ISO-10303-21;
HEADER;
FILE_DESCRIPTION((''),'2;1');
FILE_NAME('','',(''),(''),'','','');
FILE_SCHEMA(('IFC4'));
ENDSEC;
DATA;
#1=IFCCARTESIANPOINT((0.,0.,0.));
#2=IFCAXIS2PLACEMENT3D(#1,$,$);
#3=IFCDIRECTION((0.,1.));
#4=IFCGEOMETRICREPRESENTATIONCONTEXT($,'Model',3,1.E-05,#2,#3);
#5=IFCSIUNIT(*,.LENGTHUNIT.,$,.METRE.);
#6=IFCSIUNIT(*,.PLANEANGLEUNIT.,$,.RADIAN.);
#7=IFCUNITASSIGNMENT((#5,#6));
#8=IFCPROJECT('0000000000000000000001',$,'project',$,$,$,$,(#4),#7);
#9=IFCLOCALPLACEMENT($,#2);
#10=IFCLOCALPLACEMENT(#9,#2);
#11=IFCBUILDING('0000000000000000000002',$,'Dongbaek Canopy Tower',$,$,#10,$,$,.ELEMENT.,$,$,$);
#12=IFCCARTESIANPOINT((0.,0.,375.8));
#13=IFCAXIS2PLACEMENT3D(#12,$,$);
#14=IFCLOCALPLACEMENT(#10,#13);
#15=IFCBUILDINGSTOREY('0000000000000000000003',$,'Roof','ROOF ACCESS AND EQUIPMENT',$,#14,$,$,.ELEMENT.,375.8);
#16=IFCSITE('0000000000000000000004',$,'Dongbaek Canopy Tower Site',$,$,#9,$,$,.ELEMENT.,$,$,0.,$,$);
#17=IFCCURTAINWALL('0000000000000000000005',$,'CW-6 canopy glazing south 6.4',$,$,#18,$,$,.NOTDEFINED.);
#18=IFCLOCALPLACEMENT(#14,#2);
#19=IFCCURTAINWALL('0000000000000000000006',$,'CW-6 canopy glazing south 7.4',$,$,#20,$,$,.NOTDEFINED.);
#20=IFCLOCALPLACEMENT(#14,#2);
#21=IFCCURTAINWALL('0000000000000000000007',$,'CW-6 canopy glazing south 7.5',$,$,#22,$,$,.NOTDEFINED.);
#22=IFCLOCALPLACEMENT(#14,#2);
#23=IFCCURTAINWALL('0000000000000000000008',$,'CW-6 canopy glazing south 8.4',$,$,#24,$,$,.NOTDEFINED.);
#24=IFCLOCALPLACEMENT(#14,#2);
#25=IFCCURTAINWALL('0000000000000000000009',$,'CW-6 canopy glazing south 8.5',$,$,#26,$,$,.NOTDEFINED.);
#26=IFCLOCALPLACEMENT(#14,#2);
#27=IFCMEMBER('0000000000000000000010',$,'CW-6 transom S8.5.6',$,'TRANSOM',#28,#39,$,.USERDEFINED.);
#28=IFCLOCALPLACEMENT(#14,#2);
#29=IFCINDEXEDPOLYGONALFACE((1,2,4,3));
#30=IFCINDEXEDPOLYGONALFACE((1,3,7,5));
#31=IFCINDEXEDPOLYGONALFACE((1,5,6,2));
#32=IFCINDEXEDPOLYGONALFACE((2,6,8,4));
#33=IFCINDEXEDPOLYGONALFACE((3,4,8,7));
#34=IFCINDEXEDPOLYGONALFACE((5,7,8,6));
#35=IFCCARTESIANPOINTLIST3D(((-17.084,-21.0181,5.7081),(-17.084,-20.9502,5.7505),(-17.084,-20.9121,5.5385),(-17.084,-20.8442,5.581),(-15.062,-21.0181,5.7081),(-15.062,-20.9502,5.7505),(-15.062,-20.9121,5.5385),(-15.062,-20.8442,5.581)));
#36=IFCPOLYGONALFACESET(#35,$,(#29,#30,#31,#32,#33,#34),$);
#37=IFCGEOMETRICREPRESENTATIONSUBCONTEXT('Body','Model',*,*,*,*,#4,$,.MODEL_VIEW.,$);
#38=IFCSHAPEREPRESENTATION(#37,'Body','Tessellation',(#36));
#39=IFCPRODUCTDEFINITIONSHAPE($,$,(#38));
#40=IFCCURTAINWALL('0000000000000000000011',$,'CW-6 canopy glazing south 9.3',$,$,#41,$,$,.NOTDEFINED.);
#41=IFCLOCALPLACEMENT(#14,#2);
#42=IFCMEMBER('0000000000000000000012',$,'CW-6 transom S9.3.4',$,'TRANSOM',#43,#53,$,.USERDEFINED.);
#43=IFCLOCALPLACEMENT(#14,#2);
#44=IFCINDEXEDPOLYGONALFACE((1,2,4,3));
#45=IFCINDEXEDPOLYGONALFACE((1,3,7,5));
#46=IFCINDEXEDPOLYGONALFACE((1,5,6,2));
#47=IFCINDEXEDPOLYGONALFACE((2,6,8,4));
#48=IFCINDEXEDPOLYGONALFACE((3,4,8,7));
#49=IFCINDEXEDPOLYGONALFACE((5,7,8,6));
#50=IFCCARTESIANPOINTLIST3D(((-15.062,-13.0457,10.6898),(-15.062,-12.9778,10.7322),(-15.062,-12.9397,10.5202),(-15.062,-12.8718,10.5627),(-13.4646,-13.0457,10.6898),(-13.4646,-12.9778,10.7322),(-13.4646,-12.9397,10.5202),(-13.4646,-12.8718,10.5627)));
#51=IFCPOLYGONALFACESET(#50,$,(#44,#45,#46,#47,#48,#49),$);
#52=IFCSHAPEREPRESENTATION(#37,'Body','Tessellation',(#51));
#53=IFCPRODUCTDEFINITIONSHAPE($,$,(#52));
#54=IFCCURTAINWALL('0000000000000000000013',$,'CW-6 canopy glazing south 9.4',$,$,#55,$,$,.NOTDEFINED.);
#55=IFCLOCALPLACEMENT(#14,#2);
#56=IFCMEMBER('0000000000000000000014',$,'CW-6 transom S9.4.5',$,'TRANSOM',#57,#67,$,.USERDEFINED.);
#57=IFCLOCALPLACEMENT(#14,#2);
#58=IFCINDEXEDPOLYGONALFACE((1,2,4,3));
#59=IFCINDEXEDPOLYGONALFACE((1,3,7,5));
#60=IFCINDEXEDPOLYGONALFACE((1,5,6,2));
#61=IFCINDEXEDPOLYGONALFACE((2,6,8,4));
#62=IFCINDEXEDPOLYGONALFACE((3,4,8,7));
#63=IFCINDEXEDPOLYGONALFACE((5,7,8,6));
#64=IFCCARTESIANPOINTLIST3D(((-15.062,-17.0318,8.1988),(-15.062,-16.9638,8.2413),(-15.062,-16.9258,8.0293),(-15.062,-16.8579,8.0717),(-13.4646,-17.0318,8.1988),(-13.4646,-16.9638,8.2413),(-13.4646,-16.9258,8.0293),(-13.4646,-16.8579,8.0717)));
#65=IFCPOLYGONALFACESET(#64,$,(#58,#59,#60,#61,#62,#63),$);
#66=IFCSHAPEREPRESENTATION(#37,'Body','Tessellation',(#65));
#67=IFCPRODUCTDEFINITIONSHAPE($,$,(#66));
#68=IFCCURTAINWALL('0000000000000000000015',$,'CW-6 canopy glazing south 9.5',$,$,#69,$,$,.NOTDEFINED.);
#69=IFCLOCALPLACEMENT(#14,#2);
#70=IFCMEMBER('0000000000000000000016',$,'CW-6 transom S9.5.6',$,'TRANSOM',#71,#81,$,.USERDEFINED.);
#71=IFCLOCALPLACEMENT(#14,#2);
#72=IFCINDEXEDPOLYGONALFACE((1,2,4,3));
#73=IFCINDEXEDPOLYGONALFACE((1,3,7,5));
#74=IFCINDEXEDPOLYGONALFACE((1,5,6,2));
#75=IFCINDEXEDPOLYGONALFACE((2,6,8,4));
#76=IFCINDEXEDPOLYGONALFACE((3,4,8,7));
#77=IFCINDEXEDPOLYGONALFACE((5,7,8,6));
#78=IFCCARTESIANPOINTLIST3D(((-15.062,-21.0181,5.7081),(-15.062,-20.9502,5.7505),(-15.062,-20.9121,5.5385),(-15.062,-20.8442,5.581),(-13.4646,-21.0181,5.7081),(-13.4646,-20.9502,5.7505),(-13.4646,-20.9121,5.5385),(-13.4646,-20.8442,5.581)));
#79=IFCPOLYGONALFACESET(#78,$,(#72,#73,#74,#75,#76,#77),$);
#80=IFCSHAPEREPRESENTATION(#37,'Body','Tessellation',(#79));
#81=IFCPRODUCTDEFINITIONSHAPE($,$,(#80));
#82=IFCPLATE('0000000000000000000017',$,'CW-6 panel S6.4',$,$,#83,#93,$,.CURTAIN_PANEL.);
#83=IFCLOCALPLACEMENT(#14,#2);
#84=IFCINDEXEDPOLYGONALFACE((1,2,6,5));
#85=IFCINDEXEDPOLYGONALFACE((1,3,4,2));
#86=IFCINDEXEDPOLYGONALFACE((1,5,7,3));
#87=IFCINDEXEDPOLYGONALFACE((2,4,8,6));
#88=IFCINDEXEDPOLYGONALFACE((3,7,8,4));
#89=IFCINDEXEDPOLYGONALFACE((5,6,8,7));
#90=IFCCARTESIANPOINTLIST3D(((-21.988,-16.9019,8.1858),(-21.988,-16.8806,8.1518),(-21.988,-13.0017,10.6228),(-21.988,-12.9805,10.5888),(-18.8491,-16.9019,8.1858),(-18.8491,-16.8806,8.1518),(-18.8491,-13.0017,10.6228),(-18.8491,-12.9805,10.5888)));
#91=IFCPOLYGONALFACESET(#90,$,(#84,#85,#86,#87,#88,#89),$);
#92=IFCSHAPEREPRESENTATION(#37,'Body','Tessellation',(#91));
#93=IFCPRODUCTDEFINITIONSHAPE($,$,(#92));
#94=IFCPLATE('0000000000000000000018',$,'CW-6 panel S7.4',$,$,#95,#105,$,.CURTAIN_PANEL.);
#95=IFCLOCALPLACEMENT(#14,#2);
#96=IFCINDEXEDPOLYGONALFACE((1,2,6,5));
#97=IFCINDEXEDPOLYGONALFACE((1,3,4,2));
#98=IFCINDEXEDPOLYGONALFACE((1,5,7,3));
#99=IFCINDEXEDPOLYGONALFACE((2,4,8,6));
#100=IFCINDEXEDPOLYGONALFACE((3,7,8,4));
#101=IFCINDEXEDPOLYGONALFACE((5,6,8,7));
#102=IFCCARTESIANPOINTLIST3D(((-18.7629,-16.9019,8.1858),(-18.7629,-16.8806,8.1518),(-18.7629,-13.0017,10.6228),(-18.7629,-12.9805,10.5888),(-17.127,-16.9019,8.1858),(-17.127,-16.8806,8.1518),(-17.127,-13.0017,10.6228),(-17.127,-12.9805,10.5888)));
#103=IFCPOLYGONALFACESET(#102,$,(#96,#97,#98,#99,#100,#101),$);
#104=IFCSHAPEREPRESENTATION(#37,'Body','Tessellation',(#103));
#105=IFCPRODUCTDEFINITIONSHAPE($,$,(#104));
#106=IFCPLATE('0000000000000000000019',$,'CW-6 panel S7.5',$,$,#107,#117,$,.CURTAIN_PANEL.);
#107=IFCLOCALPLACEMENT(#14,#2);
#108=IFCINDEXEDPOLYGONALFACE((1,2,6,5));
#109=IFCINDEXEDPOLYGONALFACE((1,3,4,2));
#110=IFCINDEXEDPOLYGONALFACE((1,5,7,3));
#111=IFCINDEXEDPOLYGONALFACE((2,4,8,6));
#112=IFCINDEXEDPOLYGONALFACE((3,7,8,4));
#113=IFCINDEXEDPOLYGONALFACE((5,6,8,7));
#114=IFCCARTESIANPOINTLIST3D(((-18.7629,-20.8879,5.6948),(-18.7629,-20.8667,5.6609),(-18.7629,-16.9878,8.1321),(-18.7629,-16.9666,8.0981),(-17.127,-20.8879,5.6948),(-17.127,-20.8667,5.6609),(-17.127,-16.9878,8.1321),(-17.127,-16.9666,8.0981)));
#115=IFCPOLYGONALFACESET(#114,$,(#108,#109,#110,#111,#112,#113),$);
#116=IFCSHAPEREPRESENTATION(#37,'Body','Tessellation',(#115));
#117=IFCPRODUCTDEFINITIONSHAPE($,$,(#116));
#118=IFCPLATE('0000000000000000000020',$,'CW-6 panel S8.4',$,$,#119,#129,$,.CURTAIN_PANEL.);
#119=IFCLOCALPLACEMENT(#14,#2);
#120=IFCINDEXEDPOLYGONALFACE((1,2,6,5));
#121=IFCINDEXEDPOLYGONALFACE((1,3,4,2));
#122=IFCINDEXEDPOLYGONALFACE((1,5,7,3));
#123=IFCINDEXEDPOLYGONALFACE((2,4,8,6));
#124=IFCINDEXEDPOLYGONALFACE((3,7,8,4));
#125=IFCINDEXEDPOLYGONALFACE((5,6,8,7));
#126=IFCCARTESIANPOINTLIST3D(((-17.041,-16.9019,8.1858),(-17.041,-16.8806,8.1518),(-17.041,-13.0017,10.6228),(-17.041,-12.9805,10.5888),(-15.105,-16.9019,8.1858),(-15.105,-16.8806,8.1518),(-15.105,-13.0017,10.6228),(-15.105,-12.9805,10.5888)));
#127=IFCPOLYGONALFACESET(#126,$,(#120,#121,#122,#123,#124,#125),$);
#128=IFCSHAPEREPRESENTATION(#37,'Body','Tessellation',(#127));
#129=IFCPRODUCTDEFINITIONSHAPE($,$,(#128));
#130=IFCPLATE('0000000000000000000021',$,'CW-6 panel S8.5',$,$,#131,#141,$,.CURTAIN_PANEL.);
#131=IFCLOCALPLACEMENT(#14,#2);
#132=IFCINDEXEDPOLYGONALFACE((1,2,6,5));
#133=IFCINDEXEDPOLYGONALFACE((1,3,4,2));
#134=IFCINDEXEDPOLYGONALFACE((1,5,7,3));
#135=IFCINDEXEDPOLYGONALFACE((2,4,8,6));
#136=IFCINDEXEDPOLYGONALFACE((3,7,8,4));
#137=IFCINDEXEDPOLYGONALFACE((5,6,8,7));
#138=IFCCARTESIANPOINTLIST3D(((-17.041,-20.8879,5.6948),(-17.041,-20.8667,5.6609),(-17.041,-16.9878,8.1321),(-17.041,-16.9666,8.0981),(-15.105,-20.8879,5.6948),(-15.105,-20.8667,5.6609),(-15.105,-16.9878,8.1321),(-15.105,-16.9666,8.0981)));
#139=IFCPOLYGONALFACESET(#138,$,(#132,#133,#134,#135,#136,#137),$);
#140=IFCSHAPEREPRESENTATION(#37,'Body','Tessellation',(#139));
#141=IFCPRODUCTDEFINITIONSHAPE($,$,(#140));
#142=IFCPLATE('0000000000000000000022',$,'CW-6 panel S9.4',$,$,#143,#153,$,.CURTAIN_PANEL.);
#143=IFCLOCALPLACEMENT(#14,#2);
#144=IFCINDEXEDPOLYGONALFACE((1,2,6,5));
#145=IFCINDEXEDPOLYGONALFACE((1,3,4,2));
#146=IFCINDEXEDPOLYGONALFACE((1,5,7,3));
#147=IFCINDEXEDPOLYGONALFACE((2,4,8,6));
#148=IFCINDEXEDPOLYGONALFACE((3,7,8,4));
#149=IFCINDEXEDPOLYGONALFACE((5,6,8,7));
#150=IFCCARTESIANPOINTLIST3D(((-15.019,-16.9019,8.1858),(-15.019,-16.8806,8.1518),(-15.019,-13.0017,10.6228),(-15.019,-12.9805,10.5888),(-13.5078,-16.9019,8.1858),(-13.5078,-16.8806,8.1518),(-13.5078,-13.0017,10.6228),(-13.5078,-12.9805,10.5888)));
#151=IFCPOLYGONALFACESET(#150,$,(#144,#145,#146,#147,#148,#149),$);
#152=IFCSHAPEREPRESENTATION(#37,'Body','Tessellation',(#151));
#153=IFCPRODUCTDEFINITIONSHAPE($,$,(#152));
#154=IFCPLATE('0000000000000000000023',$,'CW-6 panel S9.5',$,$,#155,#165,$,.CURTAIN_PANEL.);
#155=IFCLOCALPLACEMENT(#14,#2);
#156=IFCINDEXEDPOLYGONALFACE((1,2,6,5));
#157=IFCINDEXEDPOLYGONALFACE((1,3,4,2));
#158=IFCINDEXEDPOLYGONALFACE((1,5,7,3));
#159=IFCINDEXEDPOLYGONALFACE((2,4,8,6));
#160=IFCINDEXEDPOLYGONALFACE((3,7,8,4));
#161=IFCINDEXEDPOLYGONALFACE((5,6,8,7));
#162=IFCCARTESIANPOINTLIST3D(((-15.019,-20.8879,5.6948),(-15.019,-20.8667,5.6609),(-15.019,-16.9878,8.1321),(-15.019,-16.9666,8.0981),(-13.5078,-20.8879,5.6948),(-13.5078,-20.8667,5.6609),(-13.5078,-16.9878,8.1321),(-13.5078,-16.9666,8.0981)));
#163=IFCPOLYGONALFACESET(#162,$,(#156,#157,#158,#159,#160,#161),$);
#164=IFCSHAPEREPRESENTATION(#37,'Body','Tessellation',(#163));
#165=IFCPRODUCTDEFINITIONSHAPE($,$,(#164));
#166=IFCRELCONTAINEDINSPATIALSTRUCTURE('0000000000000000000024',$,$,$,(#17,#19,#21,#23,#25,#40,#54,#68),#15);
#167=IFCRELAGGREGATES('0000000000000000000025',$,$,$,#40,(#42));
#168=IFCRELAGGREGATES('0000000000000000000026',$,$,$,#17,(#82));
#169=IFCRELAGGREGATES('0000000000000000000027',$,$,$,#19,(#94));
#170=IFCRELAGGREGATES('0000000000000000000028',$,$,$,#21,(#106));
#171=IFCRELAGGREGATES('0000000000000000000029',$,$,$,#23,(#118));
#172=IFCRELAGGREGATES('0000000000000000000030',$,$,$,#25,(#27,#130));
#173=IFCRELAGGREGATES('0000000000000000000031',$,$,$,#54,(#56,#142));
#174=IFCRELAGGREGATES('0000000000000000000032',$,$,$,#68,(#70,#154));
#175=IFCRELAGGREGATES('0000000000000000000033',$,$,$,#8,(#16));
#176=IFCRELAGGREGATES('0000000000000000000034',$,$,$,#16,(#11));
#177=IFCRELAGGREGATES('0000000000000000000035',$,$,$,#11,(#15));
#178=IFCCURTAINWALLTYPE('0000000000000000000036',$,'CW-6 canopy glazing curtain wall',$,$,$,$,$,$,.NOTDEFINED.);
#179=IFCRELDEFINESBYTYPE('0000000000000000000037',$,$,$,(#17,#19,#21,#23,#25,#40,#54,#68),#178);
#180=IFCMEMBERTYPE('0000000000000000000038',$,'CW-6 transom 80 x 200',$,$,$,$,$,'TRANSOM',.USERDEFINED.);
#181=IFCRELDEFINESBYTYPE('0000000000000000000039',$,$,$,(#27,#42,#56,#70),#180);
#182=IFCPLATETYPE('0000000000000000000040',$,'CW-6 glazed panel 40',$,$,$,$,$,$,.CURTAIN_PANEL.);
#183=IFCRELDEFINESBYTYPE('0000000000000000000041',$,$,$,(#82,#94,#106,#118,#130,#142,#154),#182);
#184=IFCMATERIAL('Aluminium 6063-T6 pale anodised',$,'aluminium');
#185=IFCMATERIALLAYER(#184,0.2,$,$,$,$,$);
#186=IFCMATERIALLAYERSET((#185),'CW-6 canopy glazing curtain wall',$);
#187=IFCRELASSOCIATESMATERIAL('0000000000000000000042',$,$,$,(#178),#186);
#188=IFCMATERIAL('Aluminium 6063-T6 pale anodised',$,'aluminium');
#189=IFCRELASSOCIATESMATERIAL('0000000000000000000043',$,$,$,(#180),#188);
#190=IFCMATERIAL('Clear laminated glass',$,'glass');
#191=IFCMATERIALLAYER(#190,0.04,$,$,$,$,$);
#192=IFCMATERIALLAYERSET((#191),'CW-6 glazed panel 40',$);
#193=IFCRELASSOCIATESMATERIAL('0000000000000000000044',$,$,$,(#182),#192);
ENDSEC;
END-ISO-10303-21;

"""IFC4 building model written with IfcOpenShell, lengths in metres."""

from ifc_helpers import new_model, si_unit, direction, frame, origin, origin_2d, place, context, subcontext, project, spatial, polyline, rectangle, outline, extrude, material, layer, layer_set, material_profile, profile_set, type_object, element, aggregate, save


model = new_model("IFC4")

# Units and contexts
model_context = context("Model", 3, precision=1e-05, world=origin(), true_north=direction((0.0, 1.0)))
body_context = subcontext(model_context, "Body", "Model", "MODEL_VIEW")
ifc_project = project(units=[si_unit("LENGTHUNIT", "METRE"), si_unit("PLANEANGLEUNIT", "RADIAN")], contexts=[model_context])

# Site, building, storey
site_placement = place(None, origin())
site = spatial("IfcSite", under=ifc_project, at=site_placement, Name="Dongbaek Canopy Tower Site", CompositionType="ELEMENT", RefElevation=0.0)
building_placement = place(site_placement, origin())
building = spatial("IfcBuilding", under=site, at=building_placement, Name="Dongbaek Canopy Tower", CompositionType="ELEMENT")
storey_placement = place(building_placement, frame((0.0, 0.0, 375.8)))
storey = spatial("IfcBuildingStorey", under=building, at=storey_placement, Name="Roof", Description="ROOF ACCESS AND EQUIPMENT", CompositionType="ELEMENT", Elevation=375.8)

# Curtain walls
ifc_material_1 = material(Name="Aluminium 6063-T6 pale anodised", Category="aluminium")
ifc_layer_1 = layer(ifc_material_1, 0.2)
ifc_layer_set_1 = layer_set([ifc_layer_1], Name="CW-6 canopy glazing curtain wall")
curtain_wall_type = type_object("IfcCurtainWallType", Name="CW-6 canopy glazing curtain wall", PredefinedType="NOTDEFINED", material=ifc_layer_set_1)
curtain_wall_1_placement = place(storey_placement, origin())
curtain_wall_1 = element("IfcCurtainWall", 1, at=curtain_wall_1_placement, inside=storey, type_object=curtain_wall_type, Name="CW-6 canopy glazing south 6.4", PredefinedType="NOTDEFINED")
curtain_wall_2_placement = place(storey_placement, origin())
curtain_wall_2 = element("IfcCurtainWall", 2, at=curtain_wall_2_placement, inside=storey, type_object=curtain_wall_type, Name="CW-6 canopy glazing south 7.4", PredefinedType="NOTDEFINED")
curtain_wall_3_placement = place(storey_placement, origin())
curtain_wall_3 = element("IfcCurtainWall", 3, at=curtain_wall_3_placement, inside=storey, type_object=curtain_wall_type, Name="CW-6 canopy glazing south 7.5", PredefinedType="NOTDEFINED")
curtain_wall_4_placement = place(storey_placement, origin())
curtain_wall_4 = element("IfcCurtainWall", 4, at=curtain_wall_4_placement, inside=storey, type_object=curtain_wall_type, Name="CW-6 canopy glazing south 8.4", PredefinedType="NOTDEFINED")
curtain_wall_5_placement = place(storey_placement, origin())
curtain_wall_5 = element("IfcCurtainWall", 5, at=curtain_wall_5_placement, inside=storey, type_object=curtain_wall_type, Name="CW-6 canopy glazing south 8.5", PredefinedType="NOTDEFINED")
ifc_material_2 = material(Name="Aluminium 6063-T6 pale anodised", Category="aluminium")
ifc_material_profile_1 = material_profile(ifc_material_2, rectangle(XDim=0.0801, YDim=0.2, at=origin_2d()), Name="CW-6 transom 80 x 200")
ifc_profile_set_1 = profile_set([ifc_material_profile_1], Name="Aluminium 6063-T6 pale anodised")
member_type_1 = type_object("IfcMemberType", Name="CW-6 transom 80 x 200", ElementType="TRANSOM", PredefinedType="USERDEFINED", material=ifc_profile_set_1)

# Member
member_1_placement = place(storey_placement, frame((-17.084, -20.9312, 5.6445), z_axis=(1.0, 0.0, 0.0), x_axis=(0.0, 0.848048, 0.529919)))
member_1 = element("IfcMember", 6, at=member_1_placement, type_object=member_type_1, Name="CW-6 transom S8.5.6", ObjectType="TRANSOM", PredefinedType="USERDEFINED", context=body_context, shape_type="SweptSolid", body=[
    extrude(rectangle(XDim=0.0801, YDim=0.2, at=origin_2d()), origin(), (0.0, 0.0, 1.0), 2.022),
])

# Curtain walls, members
curtain_wall_6_placement = place(storey_placement, origin())
curtain_wall_6 = element("IfcCurtainWall", 7, at=curtain_wall_6_placement, inside=storey, type_object=curtain_wall_type, Name="CW-6 canopy glazing south 9.3", PredefinedType="NOTDEFINED")
member_2_placement = place(storey_placement, frame((-15.062, -12.9587, 10.6262), z_axis=(1.0, 0.0, 0.0), x_axis=(0.0, 0.848048, 0.529919)))
member_2 = element("IfcMember", 8, at=member_2_placement, type_object=member_type_1, Name="CW-6 transom S9.3.4", ObjectType="TRANSOM", PredefinedType="USERDEFINED", context=body_context, shape_type="SweptSolid", body=[
    extrude(rectangle(XDim=0.0801, YDim=0.2, at=origin_2d()), origin(), (0.0, 0.0, 1.0), 1.5974),
])
aggregate(curtain_wall_6, [member_2])
curtain_wall_7_placement = place(storey_placement, origin())
curtain_wall_7 = element("IfcCurtainWall", 9, at=curtain_wall_7_placement, inside=storey, type_object=curtain_wall_type, Name="CW-6 canopy glazing south 9.4", PredefinedType="NOTDEFINED")
member_3_placement = place(storey_placement, frame((-15.062, -16.9448, 8.1353), z_axis=(1.0, 0.0, 0.0), x_axis=(0.0, 0.848048, 0.529919)))
member_3 = element("IfcMember", 10, at=member_3_placement, type_object=member_type_1, Name="CW-6 transom S9.4.5", ObjectType="TRANSOM", PredefinedType="USERDEFINED", context=body_context, shape_type="SweptSolid", body=[
    extrude(rectangle(XDim=0.0801, YDim=0.2, at=origin_2d()), origin(), (0.0, 0.0, 1.0), 1.5974),
])
curtain_wall_8_placement = place(storey_placement, origin())
curtain_wall_8 = element("IfcCurtainWall", 11, at=curtain_wall_8_placement, inside=storey, type_object=curtain_wall_type, Name="CW-6 canopy glazing south 9.5", PredefinedType="NOTDEFINED")
member_4_placement = place(storey_placement, frame((-15.062, -20.9312, 5.6445), z_axis=(1.0, 0.0, 0.0), x_axis=(0.0, 0.848048, 0.529919)))
member_4 = element("IfcMember", 12, at=member_4_placement, type_object=member_type_1, Name="CW-6 transom S9.5.6", ObjectType="TRANSOM", PredefinedType="USERDEFINED", context=body_context, shape_type="SweptSolid", body=[
    extrude(rectangle(XDim=0.0801, YDim=0.2, at=origin_2d()), origin(), (0.0, 0.0, 1.0), 1.5974),
])

# Plates
ifc_material_3 = material(Name="Clear laminated glass", Category="glass")
ifc_layer_2 = layer(ifc_material_3, 0.04)
ifc_layer_set_2 = layer_set([ifc_layer_2], Name="CW-6 glazed panel 40")
plate_type = type_object("IfcPlateType", Name="CW-6 glazed panel 40", PredefinedType="CURTAIN_PANEL", material=ifc_layer_set_2)
plate_1_placement = place(storey_placement, frame((-21.988, -13.0017, 10.6228), z_axis=(0.0, -0.529908, 0.848055), x_axis=(1.0, 0.0, 0.0)))
plate_1 = element("IfcPlate", 13, at=plate_1_placement, type_object=plate_type, Name="CW-6 panel S6.4", PredefinedType="CURTAIN_PANEL", context=body_context, shape_type="SweptSolid", body=[
    extrude(outline(polyline([(0.0, 0.0), (3.1389, 0.0), (3.1389, -4.5989), (0.0, -4.5989), (0.0, 0.0)])), origin(), (0.0, 0.0, -1.0), 0.04),
])
aggregate(curtain_wall_1, [plate_1])
plate_2_placement = place(storey_placement, frame((-18.7629, -13.0017, 10.6228), z_axis=(0.0, -0.529908, 0.848055), x_axis=(1.0, 0.0, 0.0)))
plate_2 = element("IfcPlate", 14, at=plate_2_placement, type_object=plate_type, Name="CW-6 panel S7.4", PredefinedType="CURTAIN_PANEL", context=body_context, shape_type="SweptSolid", body=[
    extrude(outline(polyline([(0.0, 0.0), (1.636, 0.0), (1.636, -4.5989), (0.0, -4.5989), (0.0, 0.0)])), origin(), (0.0, 0.0, -1.0), 0.04),
])
aggregate(curtain_wall_2, [plate_2])
plate_3_placement = place(storey_placement, frame((-18.7629, -16.9878, 8.1321), z_axis=(0.0, -0.529946, 0.848031), x_axis=(1.0, 0.0, 0.0)))
plate_3 = element("IfcPlate", 15, at=plate_3_placement, type_object=plate_type, Name="CW-6 panel S7.5", PredefinedType="CURTAIN_PANEL", context=body_context, shape_type="SweptSolid", body=[
    extrude(outline(polyline([(0.0, 0.0), (1.636, 0.0), (1.636, -4.5991), (0.0, -4.5991), (0.0, 0.0)])), origin(), (0.0, 0.0, -1.0), 0.04),
])
aggregate(curtain_wall_3, [plate_3])
plate_4_placement = place(storey_placement, frame((-17.041, -13.0017, 10.6228), z_axis=(0.0, -0.529908, 0.848055), x_axis=(1.0, 0.0, 0.0)))
plate_4 = element("IfcPlate", 16, at=plate_4_placement, type_object=plate_type, Name="CW-6 panel S8.4", PredefinedType="CURTAIN_PANEL", context=body_context, shape_type="SweptSolid", body=[
    extrude(outline(polyline([(0.0, 0.0), (1.936, 0.0), (1.936, -4.5989), (0.0, -4.5989), (0.0, 0.0)])), origin(), (0.0, 0.0, -1.0), 0.04),
])
aggregate(curtain_wall_4, [plate_4])
plate_5_placement = place(storey_placement, frame((-17.041, -16.9878, 8.1321), z_axis=(0.0, -0.529946, 0.848031), x_axis=(1.0, 0.0, 0.0)))
plate_5 = element("IfcPlate", 17, at=plate_5_placement, type_object=plate_type, Name="CW-6 panel S8.5", PredefinedType="CURTAIN_PANEL", context=body_context, shape_type="SweptSolid", body=[
    extrude(outline(polyline([(0.0, 0.0), (1.936, 0.0), (1.936, -4.5991), (0.0, -4.5991), (0.0, 0.0)])), origin(), (0.0, 0.0, -1.0), 0.04),
])
aggregate(curtain_wall_5, [member_1, plate_5])
plate_6_placement = place(storey_placement, frame((-15.019, -13.0017, 10.6228), z_axis=(0.0, -0.529908, 0.848055), x_axis=(1.0, 0.0, 0.0)))
plate_6 = element("IfcPlate", 18, at=plate_6_placement, type_object=plate_type, Name="CW-6 panel S9.4", PredefinedType="CURTAIN_PANEL", context=body_context, shape_type="SweptSolid", body=[
    extrude(outline(polyline([(0.0, 0.0), (1.5112, 0.0), (1.5112, -4.5989), (0.0, -4.5989), (0.0, 0.0)])), origin(), (0.0, 0.0, -1.0), 0.04),
])
aggregate(curtain_wall_7, [member_3, plate_6])
plate_7_placement = place(storey_placement, frame((-15.019, -16.9878, 8.1321), z_axis=(0.0, -0.529946, 0.848031), x_axis=(1.0, 0.0, 0.0)))
plate_7 = element("IfcPlate", 19, at=plate_7_placement, type_object=plate_type, Name="CW-6 panel S9.5", PredefinedType="CURTAIN_PANEL", context=body_context, shape_type="SweptSolid", body=[
    extrude(outline(polyline([(0.0, 0.0), (1.5112, 0.0), (1.5112, -4.5991), (0.0, -4.5991), (0.0, 0.0)])), origin(), (0.0, 0.0, -1.0), 0.04),
])
aggregate(curtain_wall_8, [member_4, plate_7])

save(model, "model.ifc")
